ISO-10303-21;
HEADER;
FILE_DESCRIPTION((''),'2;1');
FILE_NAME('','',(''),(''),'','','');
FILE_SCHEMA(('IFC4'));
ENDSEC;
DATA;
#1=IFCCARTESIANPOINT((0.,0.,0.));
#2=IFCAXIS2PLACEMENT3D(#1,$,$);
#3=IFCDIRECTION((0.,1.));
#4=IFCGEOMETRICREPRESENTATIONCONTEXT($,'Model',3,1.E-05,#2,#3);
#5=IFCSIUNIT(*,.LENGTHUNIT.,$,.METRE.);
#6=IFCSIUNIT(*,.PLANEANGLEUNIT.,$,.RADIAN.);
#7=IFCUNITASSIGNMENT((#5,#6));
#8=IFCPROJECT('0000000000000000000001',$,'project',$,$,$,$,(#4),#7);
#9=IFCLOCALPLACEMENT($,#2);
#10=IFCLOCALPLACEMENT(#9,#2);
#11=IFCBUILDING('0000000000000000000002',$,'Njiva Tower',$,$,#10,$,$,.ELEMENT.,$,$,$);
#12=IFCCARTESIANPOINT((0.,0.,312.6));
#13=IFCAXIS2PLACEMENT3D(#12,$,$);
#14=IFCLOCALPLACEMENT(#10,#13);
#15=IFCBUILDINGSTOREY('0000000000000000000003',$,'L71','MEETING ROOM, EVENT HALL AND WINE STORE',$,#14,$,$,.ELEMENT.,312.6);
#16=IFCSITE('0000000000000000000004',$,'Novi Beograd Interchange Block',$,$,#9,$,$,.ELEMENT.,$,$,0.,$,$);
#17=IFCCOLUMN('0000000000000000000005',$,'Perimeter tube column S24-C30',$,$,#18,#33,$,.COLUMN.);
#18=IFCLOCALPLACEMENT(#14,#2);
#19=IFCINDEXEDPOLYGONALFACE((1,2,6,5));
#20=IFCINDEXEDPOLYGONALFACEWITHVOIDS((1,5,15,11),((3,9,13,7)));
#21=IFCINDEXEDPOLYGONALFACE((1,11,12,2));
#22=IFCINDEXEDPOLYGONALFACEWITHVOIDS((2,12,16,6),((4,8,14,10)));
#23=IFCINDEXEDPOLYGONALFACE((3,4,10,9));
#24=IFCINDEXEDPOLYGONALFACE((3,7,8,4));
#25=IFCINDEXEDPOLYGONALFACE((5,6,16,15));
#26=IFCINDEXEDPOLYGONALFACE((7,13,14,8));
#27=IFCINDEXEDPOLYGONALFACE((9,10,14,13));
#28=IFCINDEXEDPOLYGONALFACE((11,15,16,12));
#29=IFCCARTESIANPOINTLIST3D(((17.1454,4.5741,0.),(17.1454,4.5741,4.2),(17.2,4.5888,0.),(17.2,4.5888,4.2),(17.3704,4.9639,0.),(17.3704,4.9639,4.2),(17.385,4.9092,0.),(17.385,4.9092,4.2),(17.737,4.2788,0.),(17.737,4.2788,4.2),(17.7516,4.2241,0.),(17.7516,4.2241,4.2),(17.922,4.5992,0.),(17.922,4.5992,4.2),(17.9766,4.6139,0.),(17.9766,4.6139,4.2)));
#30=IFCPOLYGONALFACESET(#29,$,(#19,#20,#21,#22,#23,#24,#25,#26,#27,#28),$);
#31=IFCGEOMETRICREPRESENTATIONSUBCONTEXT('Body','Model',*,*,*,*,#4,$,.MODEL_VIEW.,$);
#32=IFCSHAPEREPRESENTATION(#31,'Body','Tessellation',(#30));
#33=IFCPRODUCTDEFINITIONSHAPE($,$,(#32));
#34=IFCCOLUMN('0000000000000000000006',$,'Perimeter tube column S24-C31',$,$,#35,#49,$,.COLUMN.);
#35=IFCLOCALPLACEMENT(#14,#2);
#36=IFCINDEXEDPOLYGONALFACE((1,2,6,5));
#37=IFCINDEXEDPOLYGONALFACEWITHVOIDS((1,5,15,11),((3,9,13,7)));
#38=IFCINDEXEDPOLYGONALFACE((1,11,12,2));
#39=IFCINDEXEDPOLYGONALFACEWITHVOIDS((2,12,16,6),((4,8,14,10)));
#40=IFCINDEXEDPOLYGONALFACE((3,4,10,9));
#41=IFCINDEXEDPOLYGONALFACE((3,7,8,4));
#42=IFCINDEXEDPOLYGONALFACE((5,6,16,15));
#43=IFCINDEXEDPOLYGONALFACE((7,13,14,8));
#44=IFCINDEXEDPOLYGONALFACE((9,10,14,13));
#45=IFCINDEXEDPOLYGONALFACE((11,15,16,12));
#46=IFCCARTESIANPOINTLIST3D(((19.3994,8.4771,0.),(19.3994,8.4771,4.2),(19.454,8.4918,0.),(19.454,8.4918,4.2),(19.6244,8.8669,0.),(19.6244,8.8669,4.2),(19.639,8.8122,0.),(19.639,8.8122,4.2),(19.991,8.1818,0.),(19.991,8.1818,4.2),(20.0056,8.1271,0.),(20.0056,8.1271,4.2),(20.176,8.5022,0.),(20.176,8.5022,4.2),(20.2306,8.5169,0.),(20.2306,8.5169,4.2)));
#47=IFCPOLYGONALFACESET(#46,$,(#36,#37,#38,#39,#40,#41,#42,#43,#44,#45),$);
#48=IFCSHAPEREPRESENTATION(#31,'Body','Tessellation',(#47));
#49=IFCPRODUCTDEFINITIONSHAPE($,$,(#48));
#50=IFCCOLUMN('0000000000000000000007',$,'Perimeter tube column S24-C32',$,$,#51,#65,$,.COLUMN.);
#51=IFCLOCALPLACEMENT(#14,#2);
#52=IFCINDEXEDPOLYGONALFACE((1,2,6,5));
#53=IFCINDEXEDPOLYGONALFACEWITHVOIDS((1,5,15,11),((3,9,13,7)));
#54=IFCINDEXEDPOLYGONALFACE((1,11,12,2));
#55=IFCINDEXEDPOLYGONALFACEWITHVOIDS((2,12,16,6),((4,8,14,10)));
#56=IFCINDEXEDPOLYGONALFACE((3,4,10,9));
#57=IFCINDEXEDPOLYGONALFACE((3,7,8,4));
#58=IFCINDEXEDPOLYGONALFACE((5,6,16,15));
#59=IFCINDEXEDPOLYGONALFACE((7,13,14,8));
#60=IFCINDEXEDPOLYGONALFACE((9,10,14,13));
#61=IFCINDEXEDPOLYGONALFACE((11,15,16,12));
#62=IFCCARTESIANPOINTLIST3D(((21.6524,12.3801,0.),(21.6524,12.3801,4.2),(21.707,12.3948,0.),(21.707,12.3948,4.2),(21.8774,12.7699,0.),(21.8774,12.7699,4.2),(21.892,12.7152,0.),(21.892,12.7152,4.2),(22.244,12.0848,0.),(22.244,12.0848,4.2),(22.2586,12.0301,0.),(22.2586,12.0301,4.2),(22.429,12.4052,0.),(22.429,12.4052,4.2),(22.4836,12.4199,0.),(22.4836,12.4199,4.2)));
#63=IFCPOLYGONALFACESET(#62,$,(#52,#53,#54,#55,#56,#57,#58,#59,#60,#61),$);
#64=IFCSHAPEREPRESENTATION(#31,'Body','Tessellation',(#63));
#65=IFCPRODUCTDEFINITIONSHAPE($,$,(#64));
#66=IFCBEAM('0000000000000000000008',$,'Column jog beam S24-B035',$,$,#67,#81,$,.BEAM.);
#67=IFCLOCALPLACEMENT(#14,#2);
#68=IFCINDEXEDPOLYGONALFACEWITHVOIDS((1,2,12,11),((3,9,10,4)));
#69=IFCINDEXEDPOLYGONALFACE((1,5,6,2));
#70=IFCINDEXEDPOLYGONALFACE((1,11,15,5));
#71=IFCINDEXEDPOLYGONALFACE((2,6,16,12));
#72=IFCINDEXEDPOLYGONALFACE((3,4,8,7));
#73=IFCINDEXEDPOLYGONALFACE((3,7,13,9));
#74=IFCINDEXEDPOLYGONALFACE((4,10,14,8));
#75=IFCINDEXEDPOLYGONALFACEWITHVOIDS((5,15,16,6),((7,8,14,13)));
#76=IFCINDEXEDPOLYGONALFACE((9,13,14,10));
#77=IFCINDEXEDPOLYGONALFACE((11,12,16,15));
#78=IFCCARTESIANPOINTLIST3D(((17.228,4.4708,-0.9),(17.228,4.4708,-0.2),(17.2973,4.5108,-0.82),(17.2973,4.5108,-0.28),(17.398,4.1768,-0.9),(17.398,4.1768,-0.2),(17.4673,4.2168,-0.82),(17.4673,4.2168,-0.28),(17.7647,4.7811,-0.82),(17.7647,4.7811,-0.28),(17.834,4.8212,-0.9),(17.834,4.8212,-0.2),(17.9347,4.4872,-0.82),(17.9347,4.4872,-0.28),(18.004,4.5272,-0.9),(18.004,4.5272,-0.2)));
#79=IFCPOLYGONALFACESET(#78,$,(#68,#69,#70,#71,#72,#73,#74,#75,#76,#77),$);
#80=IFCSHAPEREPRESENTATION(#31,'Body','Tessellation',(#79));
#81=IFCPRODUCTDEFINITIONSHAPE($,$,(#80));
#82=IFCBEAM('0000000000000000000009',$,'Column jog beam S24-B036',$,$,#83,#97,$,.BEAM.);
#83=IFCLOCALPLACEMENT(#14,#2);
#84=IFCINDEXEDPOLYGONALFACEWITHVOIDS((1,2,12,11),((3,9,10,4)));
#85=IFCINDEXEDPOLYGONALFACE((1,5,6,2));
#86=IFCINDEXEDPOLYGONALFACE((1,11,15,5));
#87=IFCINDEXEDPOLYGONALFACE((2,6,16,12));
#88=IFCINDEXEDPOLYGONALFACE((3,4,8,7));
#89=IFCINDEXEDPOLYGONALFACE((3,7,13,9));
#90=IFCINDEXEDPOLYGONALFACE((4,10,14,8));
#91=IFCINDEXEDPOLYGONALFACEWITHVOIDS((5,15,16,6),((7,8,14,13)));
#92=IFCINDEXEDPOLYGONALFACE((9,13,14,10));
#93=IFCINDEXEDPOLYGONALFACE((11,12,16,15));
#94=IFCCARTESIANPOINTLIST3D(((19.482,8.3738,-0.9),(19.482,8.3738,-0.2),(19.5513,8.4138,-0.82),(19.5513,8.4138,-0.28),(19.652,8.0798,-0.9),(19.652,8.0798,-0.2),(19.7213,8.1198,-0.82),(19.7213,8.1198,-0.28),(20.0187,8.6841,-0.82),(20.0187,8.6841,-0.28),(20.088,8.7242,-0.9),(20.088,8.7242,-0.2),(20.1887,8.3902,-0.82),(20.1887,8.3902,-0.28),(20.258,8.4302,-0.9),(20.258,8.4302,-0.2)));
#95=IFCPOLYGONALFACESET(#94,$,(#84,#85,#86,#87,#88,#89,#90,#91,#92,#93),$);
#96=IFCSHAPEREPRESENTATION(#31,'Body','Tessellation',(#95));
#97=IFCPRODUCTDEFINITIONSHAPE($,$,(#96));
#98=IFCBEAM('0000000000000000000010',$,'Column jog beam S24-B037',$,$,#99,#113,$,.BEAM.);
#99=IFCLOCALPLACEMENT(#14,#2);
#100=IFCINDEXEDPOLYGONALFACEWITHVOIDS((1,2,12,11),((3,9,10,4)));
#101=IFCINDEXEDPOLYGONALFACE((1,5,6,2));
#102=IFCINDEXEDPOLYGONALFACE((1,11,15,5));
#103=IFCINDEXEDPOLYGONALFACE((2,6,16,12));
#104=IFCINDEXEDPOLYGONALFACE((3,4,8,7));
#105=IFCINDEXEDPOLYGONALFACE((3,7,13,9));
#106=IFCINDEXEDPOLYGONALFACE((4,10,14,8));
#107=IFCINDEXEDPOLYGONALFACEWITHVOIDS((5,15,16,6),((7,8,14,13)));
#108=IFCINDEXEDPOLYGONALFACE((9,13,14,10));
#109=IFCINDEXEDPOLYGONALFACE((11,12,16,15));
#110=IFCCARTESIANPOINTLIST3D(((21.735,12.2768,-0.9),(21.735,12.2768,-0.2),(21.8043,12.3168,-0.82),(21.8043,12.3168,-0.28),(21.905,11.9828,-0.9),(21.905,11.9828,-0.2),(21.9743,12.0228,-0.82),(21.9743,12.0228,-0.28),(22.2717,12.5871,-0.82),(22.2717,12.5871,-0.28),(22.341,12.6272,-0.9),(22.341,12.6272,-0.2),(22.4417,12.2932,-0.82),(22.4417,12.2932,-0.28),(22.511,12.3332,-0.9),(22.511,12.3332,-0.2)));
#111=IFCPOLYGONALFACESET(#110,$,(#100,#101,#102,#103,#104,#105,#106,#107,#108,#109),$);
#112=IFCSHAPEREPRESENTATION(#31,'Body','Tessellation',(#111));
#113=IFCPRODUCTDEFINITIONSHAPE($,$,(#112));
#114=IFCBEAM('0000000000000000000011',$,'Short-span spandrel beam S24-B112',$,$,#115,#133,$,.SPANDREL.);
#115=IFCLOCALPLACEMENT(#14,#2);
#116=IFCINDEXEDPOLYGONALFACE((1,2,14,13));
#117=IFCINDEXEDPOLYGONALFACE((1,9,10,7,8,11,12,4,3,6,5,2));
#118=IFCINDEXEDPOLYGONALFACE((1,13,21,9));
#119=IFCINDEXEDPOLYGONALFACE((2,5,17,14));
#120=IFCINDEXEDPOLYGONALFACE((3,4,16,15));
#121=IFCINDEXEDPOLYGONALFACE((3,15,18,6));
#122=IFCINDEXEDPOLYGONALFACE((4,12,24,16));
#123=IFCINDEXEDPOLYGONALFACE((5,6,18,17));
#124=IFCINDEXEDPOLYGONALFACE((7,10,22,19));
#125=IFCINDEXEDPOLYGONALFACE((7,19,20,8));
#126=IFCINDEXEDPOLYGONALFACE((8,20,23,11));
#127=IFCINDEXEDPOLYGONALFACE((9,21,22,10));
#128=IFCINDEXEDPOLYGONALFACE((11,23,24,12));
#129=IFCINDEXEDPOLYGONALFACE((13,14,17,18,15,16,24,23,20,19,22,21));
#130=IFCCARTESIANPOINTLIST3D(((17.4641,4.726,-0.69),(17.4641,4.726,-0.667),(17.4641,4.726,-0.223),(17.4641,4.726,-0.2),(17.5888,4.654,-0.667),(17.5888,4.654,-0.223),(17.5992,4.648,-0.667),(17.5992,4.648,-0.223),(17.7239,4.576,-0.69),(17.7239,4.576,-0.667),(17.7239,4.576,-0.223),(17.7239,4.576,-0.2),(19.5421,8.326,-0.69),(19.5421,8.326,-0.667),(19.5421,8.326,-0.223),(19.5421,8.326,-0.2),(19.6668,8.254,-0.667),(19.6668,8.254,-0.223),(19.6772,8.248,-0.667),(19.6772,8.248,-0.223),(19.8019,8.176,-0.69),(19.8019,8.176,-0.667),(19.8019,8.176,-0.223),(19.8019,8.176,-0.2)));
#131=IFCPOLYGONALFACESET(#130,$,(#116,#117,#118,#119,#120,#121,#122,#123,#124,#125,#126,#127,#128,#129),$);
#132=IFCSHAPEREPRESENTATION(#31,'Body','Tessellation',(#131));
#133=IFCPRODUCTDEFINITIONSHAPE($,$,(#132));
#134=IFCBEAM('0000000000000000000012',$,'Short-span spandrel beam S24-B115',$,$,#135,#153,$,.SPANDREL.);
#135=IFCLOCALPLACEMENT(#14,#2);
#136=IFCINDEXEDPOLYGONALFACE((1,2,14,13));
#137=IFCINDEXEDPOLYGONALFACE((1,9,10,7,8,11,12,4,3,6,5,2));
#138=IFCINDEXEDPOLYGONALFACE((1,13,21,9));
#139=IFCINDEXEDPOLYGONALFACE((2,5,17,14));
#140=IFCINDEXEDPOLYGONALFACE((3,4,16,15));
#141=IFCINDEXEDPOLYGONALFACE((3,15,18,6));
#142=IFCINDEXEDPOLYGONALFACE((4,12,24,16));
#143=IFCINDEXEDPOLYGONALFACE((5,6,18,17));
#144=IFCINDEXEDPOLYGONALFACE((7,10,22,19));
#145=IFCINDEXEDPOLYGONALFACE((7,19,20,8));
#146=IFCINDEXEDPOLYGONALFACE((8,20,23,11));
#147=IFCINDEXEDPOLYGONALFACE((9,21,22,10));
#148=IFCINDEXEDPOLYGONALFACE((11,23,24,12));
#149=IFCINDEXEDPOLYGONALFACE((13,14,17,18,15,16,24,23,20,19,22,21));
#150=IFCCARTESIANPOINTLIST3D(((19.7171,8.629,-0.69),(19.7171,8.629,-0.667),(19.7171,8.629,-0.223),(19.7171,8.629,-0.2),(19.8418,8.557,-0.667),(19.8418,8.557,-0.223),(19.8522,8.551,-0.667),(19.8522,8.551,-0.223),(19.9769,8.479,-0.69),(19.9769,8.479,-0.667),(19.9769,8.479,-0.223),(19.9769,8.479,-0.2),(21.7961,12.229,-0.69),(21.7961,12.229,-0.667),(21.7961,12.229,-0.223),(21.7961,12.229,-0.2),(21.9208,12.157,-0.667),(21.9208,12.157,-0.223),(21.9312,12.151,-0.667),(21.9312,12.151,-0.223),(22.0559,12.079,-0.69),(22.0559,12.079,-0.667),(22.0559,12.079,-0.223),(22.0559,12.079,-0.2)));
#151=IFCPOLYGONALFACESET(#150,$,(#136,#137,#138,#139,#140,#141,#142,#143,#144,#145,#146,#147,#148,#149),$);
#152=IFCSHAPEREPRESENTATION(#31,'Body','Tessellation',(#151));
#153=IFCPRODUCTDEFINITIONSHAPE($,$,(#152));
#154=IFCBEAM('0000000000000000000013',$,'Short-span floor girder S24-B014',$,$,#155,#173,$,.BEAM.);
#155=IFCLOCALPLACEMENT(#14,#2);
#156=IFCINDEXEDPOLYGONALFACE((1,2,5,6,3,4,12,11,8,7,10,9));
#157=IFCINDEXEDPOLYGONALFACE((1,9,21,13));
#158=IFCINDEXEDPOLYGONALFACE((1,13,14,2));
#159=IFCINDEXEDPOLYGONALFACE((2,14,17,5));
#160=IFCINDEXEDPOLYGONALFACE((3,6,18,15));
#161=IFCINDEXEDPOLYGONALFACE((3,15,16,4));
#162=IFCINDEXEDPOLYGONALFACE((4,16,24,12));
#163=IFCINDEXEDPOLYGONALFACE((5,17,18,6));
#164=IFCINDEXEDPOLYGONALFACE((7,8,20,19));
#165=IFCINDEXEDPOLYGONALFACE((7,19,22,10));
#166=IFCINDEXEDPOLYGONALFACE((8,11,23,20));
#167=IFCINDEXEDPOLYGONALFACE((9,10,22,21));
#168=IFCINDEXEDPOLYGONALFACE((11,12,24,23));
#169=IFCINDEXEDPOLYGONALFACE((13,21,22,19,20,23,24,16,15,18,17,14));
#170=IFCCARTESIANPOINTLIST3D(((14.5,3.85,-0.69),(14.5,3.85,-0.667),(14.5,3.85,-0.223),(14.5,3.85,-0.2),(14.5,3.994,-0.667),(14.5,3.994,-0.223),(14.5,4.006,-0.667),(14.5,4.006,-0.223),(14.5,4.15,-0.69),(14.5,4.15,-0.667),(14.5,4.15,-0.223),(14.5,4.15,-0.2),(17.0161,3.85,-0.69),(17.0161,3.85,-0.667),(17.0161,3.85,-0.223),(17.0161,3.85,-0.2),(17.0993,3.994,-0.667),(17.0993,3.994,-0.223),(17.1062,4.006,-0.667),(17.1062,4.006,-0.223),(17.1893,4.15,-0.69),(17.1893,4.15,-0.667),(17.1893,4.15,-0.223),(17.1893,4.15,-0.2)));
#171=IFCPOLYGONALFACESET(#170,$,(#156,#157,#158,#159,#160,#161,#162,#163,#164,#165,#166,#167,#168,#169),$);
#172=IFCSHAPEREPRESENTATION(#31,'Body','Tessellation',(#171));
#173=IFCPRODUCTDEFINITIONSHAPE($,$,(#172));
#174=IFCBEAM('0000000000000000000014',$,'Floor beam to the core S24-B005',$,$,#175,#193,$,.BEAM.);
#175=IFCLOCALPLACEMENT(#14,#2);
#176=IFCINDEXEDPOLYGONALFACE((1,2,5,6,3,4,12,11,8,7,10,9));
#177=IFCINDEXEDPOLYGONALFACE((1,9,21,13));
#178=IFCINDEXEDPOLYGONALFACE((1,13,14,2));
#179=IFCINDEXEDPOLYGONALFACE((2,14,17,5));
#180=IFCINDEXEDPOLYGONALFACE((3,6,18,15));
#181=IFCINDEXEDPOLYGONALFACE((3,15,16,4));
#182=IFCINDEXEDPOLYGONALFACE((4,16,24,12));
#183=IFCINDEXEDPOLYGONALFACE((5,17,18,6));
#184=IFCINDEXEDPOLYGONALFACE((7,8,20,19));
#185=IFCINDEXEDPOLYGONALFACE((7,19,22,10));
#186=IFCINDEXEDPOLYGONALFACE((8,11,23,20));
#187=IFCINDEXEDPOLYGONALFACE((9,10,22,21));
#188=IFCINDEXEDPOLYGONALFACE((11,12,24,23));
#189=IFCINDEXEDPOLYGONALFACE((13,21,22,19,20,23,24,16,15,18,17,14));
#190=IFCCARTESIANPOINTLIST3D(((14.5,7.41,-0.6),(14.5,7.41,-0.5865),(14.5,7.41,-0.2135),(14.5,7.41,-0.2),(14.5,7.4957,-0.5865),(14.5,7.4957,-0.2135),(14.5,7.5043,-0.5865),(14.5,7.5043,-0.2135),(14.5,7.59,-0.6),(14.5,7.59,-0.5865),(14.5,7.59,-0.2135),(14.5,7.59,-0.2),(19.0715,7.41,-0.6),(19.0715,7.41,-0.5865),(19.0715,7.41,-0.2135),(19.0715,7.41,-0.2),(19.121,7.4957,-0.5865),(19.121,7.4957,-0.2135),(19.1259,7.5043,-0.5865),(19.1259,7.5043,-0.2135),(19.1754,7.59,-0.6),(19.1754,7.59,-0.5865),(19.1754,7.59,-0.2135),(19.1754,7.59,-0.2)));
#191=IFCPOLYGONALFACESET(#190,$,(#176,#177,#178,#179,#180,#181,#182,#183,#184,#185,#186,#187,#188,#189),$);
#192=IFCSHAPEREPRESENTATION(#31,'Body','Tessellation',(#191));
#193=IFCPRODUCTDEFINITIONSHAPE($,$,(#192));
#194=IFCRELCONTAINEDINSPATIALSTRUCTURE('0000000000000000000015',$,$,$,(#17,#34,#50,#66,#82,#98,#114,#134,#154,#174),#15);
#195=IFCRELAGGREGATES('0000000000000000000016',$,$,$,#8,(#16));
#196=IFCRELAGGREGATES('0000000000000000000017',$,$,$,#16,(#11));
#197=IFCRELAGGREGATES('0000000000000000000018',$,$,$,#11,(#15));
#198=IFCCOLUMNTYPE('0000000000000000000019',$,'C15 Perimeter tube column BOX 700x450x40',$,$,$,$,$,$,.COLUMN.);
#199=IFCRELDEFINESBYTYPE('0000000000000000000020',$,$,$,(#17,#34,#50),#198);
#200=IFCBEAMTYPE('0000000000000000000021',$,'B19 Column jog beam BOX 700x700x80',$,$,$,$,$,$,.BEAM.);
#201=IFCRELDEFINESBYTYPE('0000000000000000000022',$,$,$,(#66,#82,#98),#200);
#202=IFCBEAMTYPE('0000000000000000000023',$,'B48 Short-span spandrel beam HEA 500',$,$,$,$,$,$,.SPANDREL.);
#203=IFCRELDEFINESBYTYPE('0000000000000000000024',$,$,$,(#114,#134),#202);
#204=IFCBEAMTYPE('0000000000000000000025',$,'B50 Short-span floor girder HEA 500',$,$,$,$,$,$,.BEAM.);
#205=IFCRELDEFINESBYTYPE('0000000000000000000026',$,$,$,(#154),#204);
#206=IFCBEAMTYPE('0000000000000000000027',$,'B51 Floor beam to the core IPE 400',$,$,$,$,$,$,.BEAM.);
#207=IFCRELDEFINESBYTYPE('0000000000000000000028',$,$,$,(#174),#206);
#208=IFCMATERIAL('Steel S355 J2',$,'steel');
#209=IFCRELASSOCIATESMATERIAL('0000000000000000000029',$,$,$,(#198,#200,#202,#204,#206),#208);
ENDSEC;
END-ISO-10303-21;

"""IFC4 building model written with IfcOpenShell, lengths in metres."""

from ifc_helpers import new_model, si_unit, direction, frame, origin, origin_2d, place, context, subcontext, project, spatial, hollow_rectangle, i_section, extrude, clip, halfspace, material, material_profile, profile_set, type_object, element, save


model = new_model("IFC4")

# Units and contexts
model_context = context("Model", 3, precision=1e-05, world=origin(), true_north=direction((0.0, 1.0)))
body_context = subcontext(model_context, "Body", "Model", "MODEL_VIEW")
ifc_project = project(units=[si_unit("LENGTHUNIT", "METRE"), si_unit("PLANEANGLEUNIT", "RADIAN")], contexts=[model_context])

# Site, building, storey
site_placement = place(None, origin())
site = spatial("IfcSite", under=ifc_project, at=site_placement, Name="Novi Beograd Interchange Block", CompositionType="ELEMENT", RefElevation=0.0)
building_placement = place(site_placement, origin())
building = spatial("IfcBuilding", under=site, at=building_placement, Name="Njiva Tower", CompositionType="ELEMENT")
storey_placement = place(building_placement, frame((0.0, 0.0, 312.6)))
storey = spatial("IfcBuildingStorey", under=building, at=storey_placement, Name="L71", Description="MEETING ROOM, EVENT HALL AND WINE STORE", CompositionType="ELEMENT", Elevation=312.6)

# Columns
ifc_material_1 = material(Name="Steel S355 J2", Category="steel")
ifc_material_profile_1 = material_profile(ifc_material_1, hollow_rectangle(XDim=0.45, YDim=0.7, WallThickness=0.04, at=origin_2d()), Name="BOX 700x450x40")
ifc_profile_set_1 = profile_set([ifc_material_profile_1], Name="Steel S355 J2")
column_type = type_object("IfcColumnType", Name="C15 Perimeter tube column BOX 700x450x40", PredefinedType="COLUMN", material=ifc_profile_set_1)
for number, where, z_axis, x_axis, name in (
    (1, (17.561, 4.594, 0.0), (0.0, 0.0, 1.0), (0.5, 0.866025, 0.0), "Perimeter tube column S24-C30"),
    (2, (19.815, 8.497, 0.0), (0.0, 0.0, 1.0), (0.5, 0.866025, 0.0), "Perimeter tube column S24-C31"),
    (3, (22.068, 12.4, 0.0), (0.0, 0.0, 1.0), (0.5, 0.866025, 0.0), "Perimeter tube column S24-C32"),
):
    element("IfcColumn", number, at=place(storey_placement, frame(where, z_axis=z_axis, x_axis=x_axis)), inside=storey, type_object=column_type, Name=name, PredefinedType="COLUMN", context=body_context, shape_type="SweptSolid", body=[
        extrude(hollow_rectangle(XDim=0.45, YDim=0.7, WallThickness=0.04, at=origin_2d()), origin(), (0.0, 0.0, 1.0), 4.2),
    ])

# Beams
ifc_material_profile_2 = material_profile(ifc_material_1, hollow_rectangle(XDim=0.7, YDim=0.7, WallThickness=0.08, at=origin_2d()), Name="BOX 700x700x80")
ifc_profile_set_2 = profile_set([ifc_material_profile_2], Name="Steel S355 J2")
beam_type_1 = type_object("IfcBeamType", Name="B19 Column jog beam BOX 700x700x80", PredefinedType="BEAM", material=ifc_profile_set_2)
for number, where, z_axis, x_axis, name in (
    (4, (17.701, 4.352, -0.55), (-0.500572, 0.865695, 0.0), (-0.865695, -0.500572, 0.0), "Column jog beam S24-B035"),
    (5, (19.955, 8.255, -0.55), (-0.500572, 0.865695, 0.0), (-0.865695, -0.500572, 0.0), "Column jog beam S24-B036"),
    (6, (22.208, 12.158, -0.55), (-0.500572, 0.865695, 0.0), (-0.865695, -0.500572, 0.0), "Column jog beam S24-B037"),
):
    element("IfcBeam", number, at=place(storey_placement, frame(where, z_axis=z_axis, x_axis=x_axis)), inside=storey, type_object=beam_type_1, Name=name, PredefinedType="BEAM", context=body_context, shape_type="SweptSolid", body=[
        extrude(hollow_rectangle(XDim=0.7, YDim=0.7, WallThickness=0.08, at=origin_2d()), origin(), (0.0, 0.0, 1.0), 0.3396),
    ])
ifc_material_profile_3 = material_profile(ifc_material_1, i_section(OverallWidth=0.3, OverallDepth=0.49, WebThickness=0.012, FlangeThickness=0.023, at=origin_2d()), Name="HEA 500")
ifc_profile_set_3 = profile_set([ifc_material_profile_3], Name="Steel S355 J2")
beam_type_2 = type_object("IfcBeamType", Name="B48 Short-span spandrel beam HEA 500", PredefinedType="SPANDREL", material=ifc_profile_set_3)
beam_1_placement = place(storey_placement, frame((17.594, 4.651, -0.445), z_axis=(0.499917, 0.866073, 0.0), x_axis=(-0.866073, 0.499917, 0.0)))
element("IfcBeam", 7, at=beam_1_placement, inside=storey, type_object=beam_type_2, Name="Short-span spandrel beam S24-B112", PredefinedType="SPANDREL", context=body_context, shape_type="SweptSolid", body=[
    extrude(i_section(OverallWidth=0.3, OverallDepth=0.49, WebThickness=0.012, FlangeThickness=0.023, at=origin_2d()), origin(), (0.0, 0.0, 1.0), 4.1567),
])
beam_2_placement = place(storey_placement, frame((19.847, 8.554, -0.445), z_axis=(0.500097, 0.865969, 0.0), x_axis=(-0.865969, 0.500097, 0.0)))
element("IfcBeam", 8, at=beam_2_placement, inside=storey, type_object=beam_type_2, Name="Short-span spandrel beam S24-B115", PredefinedType="SPANDREL", context=body_context, shape_type="SweptSolid", body=[
    extrude(i_section(OverallWidth=0.3, OverallDepth=0.49, WebThickness=0.012, FlangeThickness=0.023, at=origin_2d()), origin(), (0.0, 0.0, 1.0), 4.1572),
])
ifc_material_profile_4 = material_profile(ifc_material_1, i_section(OverallWidth=0.3, OverallDepth=0.49, WebThickness=0.012, FlangeThickness=0.023, at=origin_2d()), Name="HEA 500")
ifc_profile_set_4 = profile_set([ifc_material_profile_4], Name="Steel S355 J2")
beam_type_3 = type_object("IfcBeamType", Name="B50 Short-span floor girder HEA 500", PredefinedType="BEAM", material=ifc_profile_set_4)
beam_3_placement = place(storey_placement, frame((14.5, 4.0, -0.445), z_axis=(1.0, 0.0, 0.0), x_axis=(0.0, 1.0, 0.0)))
element("IfcBeam", 9, at=beam_3_placement, inside=storey, type_object=beam_type_3, Name="Short-span floor girder S24-B014", PredefinedType="BEAM", context=body_context, shape_type="Clipping", body=[
    clip(extrude(i_section(OverallWidth=0.3, OverallDepth=0.49, WebThickness=0.012, FlangeThickness=0.023, at=origin_2d()), origin(), (0.0, 0.0, 1.0), 2.71), halfspace(frame((-0.025, 0.0, 2.5883), z_axis=(-0.499998, 0.0, 0.866027), x_axis=(0.0, 1.0, 0.0)), False)),
])
ifc_material_profile_5 = material_profile(ifc_material_1, i_section(OverallWidth=0.18, OverallDepth=0.4, WebThickness=0.0086, FlangeThickness=0.0135, at=origin_2d()), Name="IPE 400")
ifc_profile_set_5 = profile_set([ifc_material_profile_5], Name="Steel S355 J2")
beam_type_4 = type_object("IfcBeamType", Name="B51 Floor beam to the core IPE 400", PredefinedType="BEAM", material=ifc_profile_set_5)
beam_4_placement = place(storey_placement, frame((14.5, 7.5, -0.4), z_axis=(1.0, 0.0, 0.0), x_axis=(0.0, 1.0, 0.0)))
element("IfcBeam", 10, at=beam_4_placement, inside=storey, type_object=beam_type_4, Name="Floor beam to the core S24-B005", PredefinedType="BEAM", context=body_context, shape_type="Clipping", body=[
    clip(extrude(i_section(OverallWidth=0.18, OverallDepth=0.4, WebThickness=0.0086, FlangeThickness=0.0135, at=origin_2d()), origin(), (0.0, 0.0, 1.0), 4.695), halfspace(frame((-0.025, 0.0, 4.609), z_axis=(-0.499998, 0.0, 0.866027), x_axis=(0.0, 1.0, 0.0)), False)),
])

save(model, "model.ifc")
